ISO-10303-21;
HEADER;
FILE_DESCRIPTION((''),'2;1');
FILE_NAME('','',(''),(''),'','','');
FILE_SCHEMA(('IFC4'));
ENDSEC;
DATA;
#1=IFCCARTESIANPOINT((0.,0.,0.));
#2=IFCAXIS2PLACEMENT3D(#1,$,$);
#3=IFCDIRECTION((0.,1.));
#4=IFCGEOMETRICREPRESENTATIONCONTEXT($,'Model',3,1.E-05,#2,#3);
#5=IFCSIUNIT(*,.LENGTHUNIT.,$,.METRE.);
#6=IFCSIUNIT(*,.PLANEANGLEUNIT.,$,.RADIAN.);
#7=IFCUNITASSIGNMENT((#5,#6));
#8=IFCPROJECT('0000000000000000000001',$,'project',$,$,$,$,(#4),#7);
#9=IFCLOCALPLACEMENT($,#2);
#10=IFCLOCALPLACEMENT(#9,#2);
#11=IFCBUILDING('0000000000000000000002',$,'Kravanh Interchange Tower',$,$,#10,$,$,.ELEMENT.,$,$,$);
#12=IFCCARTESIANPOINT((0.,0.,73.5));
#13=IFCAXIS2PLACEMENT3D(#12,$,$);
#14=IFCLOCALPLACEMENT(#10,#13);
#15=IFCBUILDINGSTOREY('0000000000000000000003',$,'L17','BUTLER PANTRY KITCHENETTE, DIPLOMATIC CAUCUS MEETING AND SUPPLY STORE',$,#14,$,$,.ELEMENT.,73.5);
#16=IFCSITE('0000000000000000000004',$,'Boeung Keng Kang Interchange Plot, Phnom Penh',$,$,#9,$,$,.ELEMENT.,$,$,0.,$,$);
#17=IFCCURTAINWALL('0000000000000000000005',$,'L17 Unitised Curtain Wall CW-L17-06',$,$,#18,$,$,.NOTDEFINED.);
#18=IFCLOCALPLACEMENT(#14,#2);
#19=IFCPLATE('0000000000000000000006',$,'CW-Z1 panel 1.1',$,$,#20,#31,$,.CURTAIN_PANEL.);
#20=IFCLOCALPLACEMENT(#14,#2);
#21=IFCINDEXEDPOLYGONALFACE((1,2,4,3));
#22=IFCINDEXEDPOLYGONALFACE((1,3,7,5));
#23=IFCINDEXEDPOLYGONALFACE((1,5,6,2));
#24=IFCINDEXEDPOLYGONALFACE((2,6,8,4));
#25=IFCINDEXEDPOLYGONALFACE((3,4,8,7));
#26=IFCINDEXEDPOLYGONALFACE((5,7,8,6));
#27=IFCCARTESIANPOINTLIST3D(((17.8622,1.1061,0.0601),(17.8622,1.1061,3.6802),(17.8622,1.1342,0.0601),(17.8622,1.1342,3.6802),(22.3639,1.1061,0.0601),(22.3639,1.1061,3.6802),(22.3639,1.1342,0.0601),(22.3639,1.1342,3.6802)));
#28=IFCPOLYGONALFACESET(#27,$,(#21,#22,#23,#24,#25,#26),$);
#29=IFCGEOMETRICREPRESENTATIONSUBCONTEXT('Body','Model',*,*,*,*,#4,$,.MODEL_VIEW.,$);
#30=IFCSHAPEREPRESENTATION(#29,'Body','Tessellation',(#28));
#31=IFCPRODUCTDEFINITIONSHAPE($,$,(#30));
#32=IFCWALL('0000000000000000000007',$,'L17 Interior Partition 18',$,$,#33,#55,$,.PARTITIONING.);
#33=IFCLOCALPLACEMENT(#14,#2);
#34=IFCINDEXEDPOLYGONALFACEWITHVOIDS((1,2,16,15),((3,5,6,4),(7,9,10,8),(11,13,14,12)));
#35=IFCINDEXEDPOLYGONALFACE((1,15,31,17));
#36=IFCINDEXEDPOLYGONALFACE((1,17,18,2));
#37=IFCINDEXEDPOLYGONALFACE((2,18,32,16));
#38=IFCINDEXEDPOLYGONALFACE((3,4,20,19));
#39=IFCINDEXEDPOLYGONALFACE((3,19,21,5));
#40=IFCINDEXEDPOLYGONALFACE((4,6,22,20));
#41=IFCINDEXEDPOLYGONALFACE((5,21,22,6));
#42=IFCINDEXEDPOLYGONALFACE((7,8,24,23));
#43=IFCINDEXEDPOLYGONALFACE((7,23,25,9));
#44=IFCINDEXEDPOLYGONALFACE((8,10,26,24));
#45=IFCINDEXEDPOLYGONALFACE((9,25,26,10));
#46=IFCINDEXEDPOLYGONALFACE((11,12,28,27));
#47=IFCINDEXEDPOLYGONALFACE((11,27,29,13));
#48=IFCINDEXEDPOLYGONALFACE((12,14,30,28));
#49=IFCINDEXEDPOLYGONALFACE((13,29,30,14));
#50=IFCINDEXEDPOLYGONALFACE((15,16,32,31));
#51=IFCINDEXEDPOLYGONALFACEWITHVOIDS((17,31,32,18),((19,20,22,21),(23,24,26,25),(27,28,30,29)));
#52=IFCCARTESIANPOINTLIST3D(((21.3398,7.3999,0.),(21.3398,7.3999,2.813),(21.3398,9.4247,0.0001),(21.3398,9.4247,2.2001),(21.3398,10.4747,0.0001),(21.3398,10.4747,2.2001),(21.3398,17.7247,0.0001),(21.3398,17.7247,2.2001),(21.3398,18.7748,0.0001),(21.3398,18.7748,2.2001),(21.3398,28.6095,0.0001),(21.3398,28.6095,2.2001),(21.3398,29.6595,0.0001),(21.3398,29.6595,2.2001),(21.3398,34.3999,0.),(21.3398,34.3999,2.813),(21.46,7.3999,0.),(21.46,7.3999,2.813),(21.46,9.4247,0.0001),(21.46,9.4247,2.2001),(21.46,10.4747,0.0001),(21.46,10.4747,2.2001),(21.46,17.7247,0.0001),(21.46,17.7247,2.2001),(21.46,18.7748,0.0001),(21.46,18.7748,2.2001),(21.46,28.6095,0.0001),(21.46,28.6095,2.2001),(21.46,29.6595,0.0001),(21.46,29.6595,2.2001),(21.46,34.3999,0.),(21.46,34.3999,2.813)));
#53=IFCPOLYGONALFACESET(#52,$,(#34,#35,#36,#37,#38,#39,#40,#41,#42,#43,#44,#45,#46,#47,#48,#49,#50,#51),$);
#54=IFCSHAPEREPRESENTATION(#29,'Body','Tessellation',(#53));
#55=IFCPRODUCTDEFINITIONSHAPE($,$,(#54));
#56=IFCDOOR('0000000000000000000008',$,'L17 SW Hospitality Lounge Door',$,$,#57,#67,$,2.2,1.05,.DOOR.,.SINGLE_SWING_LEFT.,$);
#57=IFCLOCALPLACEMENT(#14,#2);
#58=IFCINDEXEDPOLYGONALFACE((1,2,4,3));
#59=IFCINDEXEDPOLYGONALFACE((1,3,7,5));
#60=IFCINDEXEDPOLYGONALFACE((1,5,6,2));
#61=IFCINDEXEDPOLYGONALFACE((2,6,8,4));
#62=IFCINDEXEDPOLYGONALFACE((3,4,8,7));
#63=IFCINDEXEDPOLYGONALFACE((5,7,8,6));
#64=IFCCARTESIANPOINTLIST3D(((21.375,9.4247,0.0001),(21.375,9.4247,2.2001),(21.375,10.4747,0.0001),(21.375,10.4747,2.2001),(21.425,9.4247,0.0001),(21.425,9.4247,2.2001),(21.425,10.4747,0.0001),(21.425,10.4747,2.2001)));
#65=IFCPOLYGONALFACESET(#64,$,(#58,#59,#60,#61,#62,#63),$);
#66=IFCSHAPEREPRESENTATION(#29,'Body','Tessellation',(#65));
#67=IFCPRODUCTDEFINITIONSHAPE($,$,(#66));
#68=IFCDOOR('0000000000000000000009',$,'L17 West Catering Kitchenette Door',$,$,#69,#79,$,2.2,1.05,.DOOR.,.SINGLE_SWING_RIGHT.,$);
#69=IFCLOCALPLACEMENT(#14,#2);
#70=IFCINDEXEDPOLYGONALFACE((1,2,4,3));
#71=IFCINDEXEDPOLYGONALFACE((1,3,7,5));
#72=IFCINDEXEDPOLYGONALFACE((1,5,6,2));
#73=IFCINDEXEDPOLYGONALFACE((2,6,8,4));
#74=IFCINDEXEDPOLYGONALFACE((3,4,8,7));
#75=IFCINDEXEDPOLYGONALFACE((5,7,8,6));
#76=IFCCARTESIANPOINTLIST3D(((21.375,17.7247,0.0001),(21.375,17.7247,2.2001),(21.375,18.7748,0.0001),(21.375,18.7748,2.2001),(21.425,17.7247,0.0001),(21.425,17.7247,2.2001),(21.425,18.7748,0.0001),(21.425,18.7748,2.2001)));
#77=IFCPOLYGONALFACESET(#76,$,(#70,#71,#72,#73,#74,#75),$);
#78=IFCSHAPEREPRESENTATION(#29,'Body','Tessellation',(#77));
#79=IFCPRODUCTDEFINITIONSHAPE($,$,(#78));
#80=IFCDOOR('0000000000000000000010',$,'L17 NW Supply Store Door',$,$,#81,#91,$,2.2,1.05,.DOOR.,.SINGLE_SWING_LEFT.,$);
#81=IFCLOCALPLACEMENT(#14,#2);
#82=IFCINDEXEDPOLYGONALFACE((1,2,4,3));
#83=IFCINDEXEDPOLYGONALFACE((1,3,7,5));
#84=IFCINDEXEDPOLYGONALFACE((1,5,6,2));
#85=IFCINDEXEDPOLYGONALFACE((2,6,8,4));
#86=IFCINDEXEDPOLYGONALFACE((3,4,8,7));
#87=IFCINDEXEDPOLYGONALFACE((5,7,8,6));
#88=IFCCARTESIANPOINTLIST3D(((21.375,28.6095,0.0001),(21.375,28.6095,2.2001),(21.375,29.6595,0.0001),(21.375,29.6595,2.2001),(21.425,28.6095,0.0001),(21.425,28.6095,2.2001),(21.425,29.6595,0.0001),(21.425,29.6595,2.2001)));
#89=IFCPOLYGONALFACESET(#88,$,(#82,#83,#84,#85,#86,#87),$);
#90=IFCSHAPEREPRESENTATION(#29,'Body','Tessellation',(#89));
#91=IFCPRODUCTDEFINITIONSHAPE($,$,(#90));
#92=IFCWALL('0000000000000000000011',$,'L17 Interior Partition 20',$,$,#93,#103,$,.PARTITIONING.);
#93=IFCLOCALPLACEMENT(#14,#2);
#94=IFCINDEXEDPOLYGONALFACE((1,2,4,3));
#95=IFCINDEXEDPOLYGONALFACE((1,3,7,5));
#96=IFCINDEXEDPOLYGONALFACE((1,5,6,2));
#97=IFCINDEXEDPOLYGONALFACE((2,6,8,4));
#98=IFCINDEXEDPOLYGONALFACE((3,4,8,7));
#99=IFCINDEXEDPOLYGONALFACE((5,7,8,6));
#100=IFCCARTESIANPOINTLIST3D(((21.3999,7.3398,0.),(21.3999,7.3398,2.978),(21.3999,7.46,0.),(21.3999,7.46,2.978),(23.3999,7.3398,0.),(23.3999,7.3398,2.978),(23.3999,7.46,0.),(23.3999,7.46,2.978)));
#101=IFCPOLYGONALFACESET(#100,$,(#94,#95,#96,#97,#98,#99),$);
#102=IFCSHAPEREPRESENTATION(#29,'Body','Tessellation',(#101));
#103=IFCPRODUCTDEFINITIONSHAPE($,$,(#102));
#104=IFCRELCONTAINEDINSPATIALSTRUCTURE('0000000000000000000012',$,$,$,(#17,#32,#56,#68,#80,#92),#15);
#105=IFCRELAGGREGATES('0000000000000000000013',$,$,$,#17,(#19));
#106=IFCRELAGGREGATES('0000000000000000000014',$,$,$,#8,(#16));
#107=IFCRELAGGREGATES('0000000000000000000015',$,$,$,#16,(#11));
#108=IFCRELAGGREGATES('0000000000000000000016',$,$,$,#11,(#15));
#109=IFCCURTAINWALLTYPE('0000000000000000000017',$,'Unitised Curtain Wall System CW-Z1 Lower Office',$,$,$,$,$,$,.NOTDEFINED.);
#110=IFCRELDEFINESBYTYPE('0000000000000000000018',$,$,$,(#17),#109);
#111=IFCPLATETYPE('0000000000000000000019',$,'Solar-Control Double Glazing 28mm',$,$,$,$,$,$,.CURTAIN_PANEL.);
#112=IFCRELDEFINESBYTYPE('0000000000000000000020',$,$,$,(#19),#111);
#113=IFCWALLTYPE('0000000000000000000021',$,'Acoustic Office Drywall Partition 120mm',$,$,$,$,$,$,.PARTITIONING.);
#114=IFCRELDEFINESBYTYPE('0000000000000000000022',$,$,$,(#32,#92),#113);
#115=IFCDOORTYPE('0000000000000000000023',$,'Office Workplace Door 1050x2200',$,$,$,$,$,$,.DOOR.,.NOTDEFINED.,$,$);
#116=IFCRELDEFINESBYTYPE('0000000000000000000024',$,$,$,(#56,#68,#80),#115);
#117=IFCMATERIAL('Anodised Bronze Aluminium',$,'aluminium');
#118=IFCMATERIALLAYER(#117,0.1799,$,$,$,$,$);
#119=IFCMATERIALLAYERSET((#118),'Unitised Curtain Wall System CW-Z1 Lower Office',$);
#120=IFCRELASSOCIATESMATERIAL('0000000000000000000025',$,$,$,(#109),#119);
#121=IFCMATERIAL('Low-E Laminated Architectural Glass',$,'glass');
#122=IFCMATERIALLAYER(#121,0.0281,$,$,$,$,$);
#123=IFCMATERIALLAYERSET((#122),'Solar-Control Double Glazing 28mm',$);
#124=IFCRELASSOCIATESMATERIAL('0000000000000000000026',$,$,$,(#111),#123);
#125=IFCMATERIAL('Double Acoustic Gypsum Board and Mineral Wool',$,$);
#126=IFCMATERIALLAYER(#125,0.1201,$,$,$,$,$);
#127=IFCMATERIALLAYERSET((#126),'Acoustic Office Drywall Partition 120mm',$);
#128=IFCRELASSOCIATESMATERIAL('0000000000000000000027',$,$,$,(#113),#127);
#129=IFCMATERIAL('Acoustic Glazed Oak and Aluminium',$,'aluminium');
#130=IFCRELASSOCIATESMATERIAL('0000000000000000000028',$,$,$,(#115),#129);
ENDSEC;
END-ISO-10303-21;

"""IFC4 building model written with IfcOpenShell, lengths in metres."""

from ifc_helpers import new_model, si_unit, direction, frame, frame_2d, origin, origin_2d, place, context, subcontext, project, spatial, rectangle, extrude, material, layer, layer_set, type_object, element, fill, aggregate, save


model = new_model("IFC4")

# Units and contexts
model_context = context("Model", 3, precision=1e-05, world=origin(), true_north=direction((0.0, 1.0)))
body_context = subcontext(model_context, "Body", "Model", "MODEL_VIEW")
ifc_project = project(units=[si_unit("LENGTHUNIT", "METRE"), si_unit("PLANEANGLEUNIT", "RADIAN")], contexts=[model_context])

# Site, building, storey
site_placement = place(None, origin())
site = spatial("IfcSite", under=ifc_project, at=site_placement, Name="Boeung Keng Kang Interchange Plot, Phnom Penh", CompositionType="ELEMENT", RefElevation=0.0)
building_placement = place(site_placement, origin())
building = spatial("IfcBuilding", under=site, at=building_placement, Name="Kravanh Interchange Tower", CompositionType="ELEMENT")
storey_placement = place(building_placement, frame((0.0, 0.0, 73.5)))
storey = spatial("IfcBuildingStorey", under=building, at=storey_placement, Name="L17", Description="BUTLER PANTRY KITCHENETTE, DIPLOMATIC CAUCUS MEETING AND SUPPLY STORE", CompositionType="ELEMENT", Elevation=73.5)

# Curtain wall
ifc_material_1 = material(Name="Anodised Bronze Aluminium", Category="aluminium")
ifc_layer_1 = layer(ifc_material_1, 0.1799)
ifc_layer_set_1 = layer_set([ifc_layer_1], Name="Unitised Curtain Wall System CW-Z1 Lower Office")
curtain_wall_type = type_object("IfcCurtainWallType", Name="Unitised Curtain Wall System CW-Z1 Lower Office", PredefinedType="NOTDEFINED", material=ifc_layer_set_1)
curtain_wall_placement = place(storey_placement, origin())
curtain_wall = element("IfcCurtainWall", 1, at=curtain_wall_placement, inside=storey, type_object=curtain_wall_type, Name="L17 Unitised Curtain Wall CW-L17-06", PredefinedType="NOTDEFINED")

# Plate
ifc_material_2 = material(Name="Low-E Laminated Architectural Glass", Category="glass")
ifc_layer_2 = layer(ifc_material_2, 0.0281)
ifc_layer_set_2 = layer_set([ifc_layer_2], Name="Solar-Control Double Glazing 28mm")
plate_type = type_object("IfcPlateType", Name="Solar-Control Double Glazing 28mm", PredefinedType="CURTAIN_PANEL", material=ifc_layer_set_2)
plate_placement = place(storey_placement, frame((20.113, 1.1201, 0.0601), z_axis=(0.0, 0.0, 1.0), x_axis=(-1.0, 0.0, 0.0)))
plate = element("IfcPlate", 2, at=plate_placement, type_object=plate_type, Name="CW-Z1 panel 1.1", PredefinedType="CURTAIN_PANEL", context=body_context, shape_type="SweptSolid", body=[
    extrude(rectangle(XDim=4.5017, YDim=0.0281, at=origin_2d()), origin(), (0.0, 0.0, 1.0), 3.6201),
])
aggregate(curtain_wall, [plate])

# Wall, openings, doors
ifc_material_3 = material(Name="Double Acoustic Gypsum Board and Mineral Wool")
ifc_layer_3 = layer(ifc_material_3, 0.1201)
ifc_layer_set_3 = layer_set([ifc_layer_3], Name="Acoustic Office Drywall Partition 120mm")
wall_type = type_object("IfcWallType", Name="Acoustic Office Drywall Partition 120mm", PredefinedType="PARTITIONING", material=ifc_layer_set_3)
wall_1_placement = place(storey_placement, frame((21.3999, 7.3999, 0.0), z_axis=(0.0, 0.0, 1.0), x_axis=(0.0, 1.0, 0.0)))
wall_1 = element("IfcWall", 3, at=wall_1_placement, inside=storey, type_object=wall_type, Name="L17 Interior Partition 18", PredefinedType="PARTITIONING", context=body_context, shape_type="SweptSolid", body=[
    extrude(rectangle(XDim=27.0, YDim=0.1201, at=frame_2d((13.5, 0.0))), origin(), (0.0, 0.0, 1.0), 2.813),
])
opening_1_placement = place(wall_1_placement, frame((2.0249, 0.0, 0.0)))
opening_1 = element("IfcOpeningElement", 4, at=opening_1_placement, cuts=wall_1, PredefinedType="OPENING", context=body_context, shape_type="SweptSolid", body=[
    extrude(rectangle(XDim=1.05, YDim=2.2, at=frame_2d((0.5249, 1.1001))), frame((0.0, 0.0701, 0.0), z_axis=(0.0, -1.0, 0.0), x_axis=(1.0, 0.0, 0.0)), (0.0, 0.0, 1.0), 0.1401),
])
opening_2_placement = place(wall_1_placement, frame((10.325, 0.0, 0.0)))
opening_2 = element("IfcOpeningElement", 5, at=opening_2_placement, cuts=wall_1, PredefinedType="OPENING", context=body_context, shape_type="SweptSolid", body=[
    extrude(rectangle(XDim=1.05, YDim=2.2, at=frame_2d((0.5249, 1.1001))), frame((0.0, 0.0701, 0.0), z_axis=(0.0, -1.0, 0.0), x_axis=(1.0, 0.0, 0.0)), (0.0, 0.0, 1.0), 0.1401),
])
opening_3_placement = place(wall_1_placement, frame((21.2097, 0.0, 0.0)))
opening_3 = element("IfcOpeningElement", 6, at=opening_3_placement, cuts=wall_1, PredefinedType="OPENING", context=body_context, shape_type="SweptSolid", body=[
    extrude(rectangle(XDim=1.05, YDim=2.2, at=frame_2d((0.5249, 1.1001))), frame((0.0, 0.0701, 0.0), z_axis=(0.0, -1.0, 0.0), x_axis=(1.0, 0.0, 0.0)), (0.0, 0.0, 1.0), 0.1401),
])
ifc_material_4 = material(Name="Acoustic Glazed Oak and Aluminium", Category="aluminium")
door_type = type_object("IfcDoorType", Name="Office Workplace Door 1050x2200", OperationType="NOTDEFINED", PredefinedType="DOOR", material=ifc_material_4)
door_1_placement = place(opening_1_placement, origin())
door_1 = element("IfcDoor", 7, at=door_1_placement, inside=storey, type_object=door_type, Name="L17 SW Hospitality Lounge Door", OperationType="SINGLE_SWING_LEFT", OverallHeight=2.2, OverallWidth=1.05, PredefinedType="DOOR", context=body_context, shape_type="SweptSolid", body=[
    extrude(rectangle(XDim=1.05, YDim=2.2, at=frame_2d((0.5249, 1.1001))), frame((0.0, 0.0249, 0.0), z_axis=(0.0, -1.0, 0.0), x_axis=(1.0, 0.0, 0.0)), (0.0, 0.0, 1.0), 0.05),
])
fill(opening_1, door_1)
door_2_placement = place(opening_2_placement, origin())
door_2 = element("IfcDoor", 8, at=door_2_placement, inside=storey, type_object=door_type, Name="L17 West Catering Kitchenette Door", OperationType="SINGLE_SWING_RIGHT", OverallHeight=2.2, OverallWidth=1.05, PredefinedType="DOOR", context=body_context, shape_type="SweptSolid", body=[
    extrude(rectangle(XDim=1.05, YDim=2.2, at=frame_2d((0.5249, 1.1001))), frame((0.0, 0.0249, 0.0), z_axis=(0.0, -1.0, 0.0), x_axis=(1.0, 0.0, 0.0)), (0.0, 0.0, 1.0), 0.05),
])
fill(opening_2, door_2)
door_3_placement = place(opening_3_placement, origin())
door_3 = element("IfcDoor", 9, at=door_3_placement, inside=storey, type_object=door_type, Name="L17 NW Supply Store Door", OperationType="SINGLE_SWING_LEFT", OverallHeight=2.2, OverallWidth=1.05, PredefinedType="DOOR", context=body_context, shape_type="SweptSolid", body=[
    extrude(rectangle(XDim=1.05, YDim=2.2, at=frame_2d((0.5249, 1.1001))), frame((0.0, 0.0249, 0.0), z_axis=(0.0, -1.0, 0.0), x_axis=(1.0, 0.0, 0.0)), (0.0, 0.0, 1.0), 0.05),
])
fill(opening_3, door_3)

# Wall
wall_2_placement = place(storey_placement, frame((21.3999, 7.3999, 0.0), z_axis=(0.0, 0.0, 1.0), x_axis=(1.0, 0.0, 0.0)))
element("IfcWall", 10, at=wall_2_placement, inside=storey, type_object=wall_type, Name="L17 Interior Partition 20", PredefinedType="PARTITIONING", context=body_context, shape_type="SweptSolid", body=[
    extrude(rectangle(XDim=2.0, YDim=0.1201, at=frame_2d((1.0, 0.0))), origin(), (0.0, 0.0, 1.0), 2.978),
])

save(model, "model.ifc")
